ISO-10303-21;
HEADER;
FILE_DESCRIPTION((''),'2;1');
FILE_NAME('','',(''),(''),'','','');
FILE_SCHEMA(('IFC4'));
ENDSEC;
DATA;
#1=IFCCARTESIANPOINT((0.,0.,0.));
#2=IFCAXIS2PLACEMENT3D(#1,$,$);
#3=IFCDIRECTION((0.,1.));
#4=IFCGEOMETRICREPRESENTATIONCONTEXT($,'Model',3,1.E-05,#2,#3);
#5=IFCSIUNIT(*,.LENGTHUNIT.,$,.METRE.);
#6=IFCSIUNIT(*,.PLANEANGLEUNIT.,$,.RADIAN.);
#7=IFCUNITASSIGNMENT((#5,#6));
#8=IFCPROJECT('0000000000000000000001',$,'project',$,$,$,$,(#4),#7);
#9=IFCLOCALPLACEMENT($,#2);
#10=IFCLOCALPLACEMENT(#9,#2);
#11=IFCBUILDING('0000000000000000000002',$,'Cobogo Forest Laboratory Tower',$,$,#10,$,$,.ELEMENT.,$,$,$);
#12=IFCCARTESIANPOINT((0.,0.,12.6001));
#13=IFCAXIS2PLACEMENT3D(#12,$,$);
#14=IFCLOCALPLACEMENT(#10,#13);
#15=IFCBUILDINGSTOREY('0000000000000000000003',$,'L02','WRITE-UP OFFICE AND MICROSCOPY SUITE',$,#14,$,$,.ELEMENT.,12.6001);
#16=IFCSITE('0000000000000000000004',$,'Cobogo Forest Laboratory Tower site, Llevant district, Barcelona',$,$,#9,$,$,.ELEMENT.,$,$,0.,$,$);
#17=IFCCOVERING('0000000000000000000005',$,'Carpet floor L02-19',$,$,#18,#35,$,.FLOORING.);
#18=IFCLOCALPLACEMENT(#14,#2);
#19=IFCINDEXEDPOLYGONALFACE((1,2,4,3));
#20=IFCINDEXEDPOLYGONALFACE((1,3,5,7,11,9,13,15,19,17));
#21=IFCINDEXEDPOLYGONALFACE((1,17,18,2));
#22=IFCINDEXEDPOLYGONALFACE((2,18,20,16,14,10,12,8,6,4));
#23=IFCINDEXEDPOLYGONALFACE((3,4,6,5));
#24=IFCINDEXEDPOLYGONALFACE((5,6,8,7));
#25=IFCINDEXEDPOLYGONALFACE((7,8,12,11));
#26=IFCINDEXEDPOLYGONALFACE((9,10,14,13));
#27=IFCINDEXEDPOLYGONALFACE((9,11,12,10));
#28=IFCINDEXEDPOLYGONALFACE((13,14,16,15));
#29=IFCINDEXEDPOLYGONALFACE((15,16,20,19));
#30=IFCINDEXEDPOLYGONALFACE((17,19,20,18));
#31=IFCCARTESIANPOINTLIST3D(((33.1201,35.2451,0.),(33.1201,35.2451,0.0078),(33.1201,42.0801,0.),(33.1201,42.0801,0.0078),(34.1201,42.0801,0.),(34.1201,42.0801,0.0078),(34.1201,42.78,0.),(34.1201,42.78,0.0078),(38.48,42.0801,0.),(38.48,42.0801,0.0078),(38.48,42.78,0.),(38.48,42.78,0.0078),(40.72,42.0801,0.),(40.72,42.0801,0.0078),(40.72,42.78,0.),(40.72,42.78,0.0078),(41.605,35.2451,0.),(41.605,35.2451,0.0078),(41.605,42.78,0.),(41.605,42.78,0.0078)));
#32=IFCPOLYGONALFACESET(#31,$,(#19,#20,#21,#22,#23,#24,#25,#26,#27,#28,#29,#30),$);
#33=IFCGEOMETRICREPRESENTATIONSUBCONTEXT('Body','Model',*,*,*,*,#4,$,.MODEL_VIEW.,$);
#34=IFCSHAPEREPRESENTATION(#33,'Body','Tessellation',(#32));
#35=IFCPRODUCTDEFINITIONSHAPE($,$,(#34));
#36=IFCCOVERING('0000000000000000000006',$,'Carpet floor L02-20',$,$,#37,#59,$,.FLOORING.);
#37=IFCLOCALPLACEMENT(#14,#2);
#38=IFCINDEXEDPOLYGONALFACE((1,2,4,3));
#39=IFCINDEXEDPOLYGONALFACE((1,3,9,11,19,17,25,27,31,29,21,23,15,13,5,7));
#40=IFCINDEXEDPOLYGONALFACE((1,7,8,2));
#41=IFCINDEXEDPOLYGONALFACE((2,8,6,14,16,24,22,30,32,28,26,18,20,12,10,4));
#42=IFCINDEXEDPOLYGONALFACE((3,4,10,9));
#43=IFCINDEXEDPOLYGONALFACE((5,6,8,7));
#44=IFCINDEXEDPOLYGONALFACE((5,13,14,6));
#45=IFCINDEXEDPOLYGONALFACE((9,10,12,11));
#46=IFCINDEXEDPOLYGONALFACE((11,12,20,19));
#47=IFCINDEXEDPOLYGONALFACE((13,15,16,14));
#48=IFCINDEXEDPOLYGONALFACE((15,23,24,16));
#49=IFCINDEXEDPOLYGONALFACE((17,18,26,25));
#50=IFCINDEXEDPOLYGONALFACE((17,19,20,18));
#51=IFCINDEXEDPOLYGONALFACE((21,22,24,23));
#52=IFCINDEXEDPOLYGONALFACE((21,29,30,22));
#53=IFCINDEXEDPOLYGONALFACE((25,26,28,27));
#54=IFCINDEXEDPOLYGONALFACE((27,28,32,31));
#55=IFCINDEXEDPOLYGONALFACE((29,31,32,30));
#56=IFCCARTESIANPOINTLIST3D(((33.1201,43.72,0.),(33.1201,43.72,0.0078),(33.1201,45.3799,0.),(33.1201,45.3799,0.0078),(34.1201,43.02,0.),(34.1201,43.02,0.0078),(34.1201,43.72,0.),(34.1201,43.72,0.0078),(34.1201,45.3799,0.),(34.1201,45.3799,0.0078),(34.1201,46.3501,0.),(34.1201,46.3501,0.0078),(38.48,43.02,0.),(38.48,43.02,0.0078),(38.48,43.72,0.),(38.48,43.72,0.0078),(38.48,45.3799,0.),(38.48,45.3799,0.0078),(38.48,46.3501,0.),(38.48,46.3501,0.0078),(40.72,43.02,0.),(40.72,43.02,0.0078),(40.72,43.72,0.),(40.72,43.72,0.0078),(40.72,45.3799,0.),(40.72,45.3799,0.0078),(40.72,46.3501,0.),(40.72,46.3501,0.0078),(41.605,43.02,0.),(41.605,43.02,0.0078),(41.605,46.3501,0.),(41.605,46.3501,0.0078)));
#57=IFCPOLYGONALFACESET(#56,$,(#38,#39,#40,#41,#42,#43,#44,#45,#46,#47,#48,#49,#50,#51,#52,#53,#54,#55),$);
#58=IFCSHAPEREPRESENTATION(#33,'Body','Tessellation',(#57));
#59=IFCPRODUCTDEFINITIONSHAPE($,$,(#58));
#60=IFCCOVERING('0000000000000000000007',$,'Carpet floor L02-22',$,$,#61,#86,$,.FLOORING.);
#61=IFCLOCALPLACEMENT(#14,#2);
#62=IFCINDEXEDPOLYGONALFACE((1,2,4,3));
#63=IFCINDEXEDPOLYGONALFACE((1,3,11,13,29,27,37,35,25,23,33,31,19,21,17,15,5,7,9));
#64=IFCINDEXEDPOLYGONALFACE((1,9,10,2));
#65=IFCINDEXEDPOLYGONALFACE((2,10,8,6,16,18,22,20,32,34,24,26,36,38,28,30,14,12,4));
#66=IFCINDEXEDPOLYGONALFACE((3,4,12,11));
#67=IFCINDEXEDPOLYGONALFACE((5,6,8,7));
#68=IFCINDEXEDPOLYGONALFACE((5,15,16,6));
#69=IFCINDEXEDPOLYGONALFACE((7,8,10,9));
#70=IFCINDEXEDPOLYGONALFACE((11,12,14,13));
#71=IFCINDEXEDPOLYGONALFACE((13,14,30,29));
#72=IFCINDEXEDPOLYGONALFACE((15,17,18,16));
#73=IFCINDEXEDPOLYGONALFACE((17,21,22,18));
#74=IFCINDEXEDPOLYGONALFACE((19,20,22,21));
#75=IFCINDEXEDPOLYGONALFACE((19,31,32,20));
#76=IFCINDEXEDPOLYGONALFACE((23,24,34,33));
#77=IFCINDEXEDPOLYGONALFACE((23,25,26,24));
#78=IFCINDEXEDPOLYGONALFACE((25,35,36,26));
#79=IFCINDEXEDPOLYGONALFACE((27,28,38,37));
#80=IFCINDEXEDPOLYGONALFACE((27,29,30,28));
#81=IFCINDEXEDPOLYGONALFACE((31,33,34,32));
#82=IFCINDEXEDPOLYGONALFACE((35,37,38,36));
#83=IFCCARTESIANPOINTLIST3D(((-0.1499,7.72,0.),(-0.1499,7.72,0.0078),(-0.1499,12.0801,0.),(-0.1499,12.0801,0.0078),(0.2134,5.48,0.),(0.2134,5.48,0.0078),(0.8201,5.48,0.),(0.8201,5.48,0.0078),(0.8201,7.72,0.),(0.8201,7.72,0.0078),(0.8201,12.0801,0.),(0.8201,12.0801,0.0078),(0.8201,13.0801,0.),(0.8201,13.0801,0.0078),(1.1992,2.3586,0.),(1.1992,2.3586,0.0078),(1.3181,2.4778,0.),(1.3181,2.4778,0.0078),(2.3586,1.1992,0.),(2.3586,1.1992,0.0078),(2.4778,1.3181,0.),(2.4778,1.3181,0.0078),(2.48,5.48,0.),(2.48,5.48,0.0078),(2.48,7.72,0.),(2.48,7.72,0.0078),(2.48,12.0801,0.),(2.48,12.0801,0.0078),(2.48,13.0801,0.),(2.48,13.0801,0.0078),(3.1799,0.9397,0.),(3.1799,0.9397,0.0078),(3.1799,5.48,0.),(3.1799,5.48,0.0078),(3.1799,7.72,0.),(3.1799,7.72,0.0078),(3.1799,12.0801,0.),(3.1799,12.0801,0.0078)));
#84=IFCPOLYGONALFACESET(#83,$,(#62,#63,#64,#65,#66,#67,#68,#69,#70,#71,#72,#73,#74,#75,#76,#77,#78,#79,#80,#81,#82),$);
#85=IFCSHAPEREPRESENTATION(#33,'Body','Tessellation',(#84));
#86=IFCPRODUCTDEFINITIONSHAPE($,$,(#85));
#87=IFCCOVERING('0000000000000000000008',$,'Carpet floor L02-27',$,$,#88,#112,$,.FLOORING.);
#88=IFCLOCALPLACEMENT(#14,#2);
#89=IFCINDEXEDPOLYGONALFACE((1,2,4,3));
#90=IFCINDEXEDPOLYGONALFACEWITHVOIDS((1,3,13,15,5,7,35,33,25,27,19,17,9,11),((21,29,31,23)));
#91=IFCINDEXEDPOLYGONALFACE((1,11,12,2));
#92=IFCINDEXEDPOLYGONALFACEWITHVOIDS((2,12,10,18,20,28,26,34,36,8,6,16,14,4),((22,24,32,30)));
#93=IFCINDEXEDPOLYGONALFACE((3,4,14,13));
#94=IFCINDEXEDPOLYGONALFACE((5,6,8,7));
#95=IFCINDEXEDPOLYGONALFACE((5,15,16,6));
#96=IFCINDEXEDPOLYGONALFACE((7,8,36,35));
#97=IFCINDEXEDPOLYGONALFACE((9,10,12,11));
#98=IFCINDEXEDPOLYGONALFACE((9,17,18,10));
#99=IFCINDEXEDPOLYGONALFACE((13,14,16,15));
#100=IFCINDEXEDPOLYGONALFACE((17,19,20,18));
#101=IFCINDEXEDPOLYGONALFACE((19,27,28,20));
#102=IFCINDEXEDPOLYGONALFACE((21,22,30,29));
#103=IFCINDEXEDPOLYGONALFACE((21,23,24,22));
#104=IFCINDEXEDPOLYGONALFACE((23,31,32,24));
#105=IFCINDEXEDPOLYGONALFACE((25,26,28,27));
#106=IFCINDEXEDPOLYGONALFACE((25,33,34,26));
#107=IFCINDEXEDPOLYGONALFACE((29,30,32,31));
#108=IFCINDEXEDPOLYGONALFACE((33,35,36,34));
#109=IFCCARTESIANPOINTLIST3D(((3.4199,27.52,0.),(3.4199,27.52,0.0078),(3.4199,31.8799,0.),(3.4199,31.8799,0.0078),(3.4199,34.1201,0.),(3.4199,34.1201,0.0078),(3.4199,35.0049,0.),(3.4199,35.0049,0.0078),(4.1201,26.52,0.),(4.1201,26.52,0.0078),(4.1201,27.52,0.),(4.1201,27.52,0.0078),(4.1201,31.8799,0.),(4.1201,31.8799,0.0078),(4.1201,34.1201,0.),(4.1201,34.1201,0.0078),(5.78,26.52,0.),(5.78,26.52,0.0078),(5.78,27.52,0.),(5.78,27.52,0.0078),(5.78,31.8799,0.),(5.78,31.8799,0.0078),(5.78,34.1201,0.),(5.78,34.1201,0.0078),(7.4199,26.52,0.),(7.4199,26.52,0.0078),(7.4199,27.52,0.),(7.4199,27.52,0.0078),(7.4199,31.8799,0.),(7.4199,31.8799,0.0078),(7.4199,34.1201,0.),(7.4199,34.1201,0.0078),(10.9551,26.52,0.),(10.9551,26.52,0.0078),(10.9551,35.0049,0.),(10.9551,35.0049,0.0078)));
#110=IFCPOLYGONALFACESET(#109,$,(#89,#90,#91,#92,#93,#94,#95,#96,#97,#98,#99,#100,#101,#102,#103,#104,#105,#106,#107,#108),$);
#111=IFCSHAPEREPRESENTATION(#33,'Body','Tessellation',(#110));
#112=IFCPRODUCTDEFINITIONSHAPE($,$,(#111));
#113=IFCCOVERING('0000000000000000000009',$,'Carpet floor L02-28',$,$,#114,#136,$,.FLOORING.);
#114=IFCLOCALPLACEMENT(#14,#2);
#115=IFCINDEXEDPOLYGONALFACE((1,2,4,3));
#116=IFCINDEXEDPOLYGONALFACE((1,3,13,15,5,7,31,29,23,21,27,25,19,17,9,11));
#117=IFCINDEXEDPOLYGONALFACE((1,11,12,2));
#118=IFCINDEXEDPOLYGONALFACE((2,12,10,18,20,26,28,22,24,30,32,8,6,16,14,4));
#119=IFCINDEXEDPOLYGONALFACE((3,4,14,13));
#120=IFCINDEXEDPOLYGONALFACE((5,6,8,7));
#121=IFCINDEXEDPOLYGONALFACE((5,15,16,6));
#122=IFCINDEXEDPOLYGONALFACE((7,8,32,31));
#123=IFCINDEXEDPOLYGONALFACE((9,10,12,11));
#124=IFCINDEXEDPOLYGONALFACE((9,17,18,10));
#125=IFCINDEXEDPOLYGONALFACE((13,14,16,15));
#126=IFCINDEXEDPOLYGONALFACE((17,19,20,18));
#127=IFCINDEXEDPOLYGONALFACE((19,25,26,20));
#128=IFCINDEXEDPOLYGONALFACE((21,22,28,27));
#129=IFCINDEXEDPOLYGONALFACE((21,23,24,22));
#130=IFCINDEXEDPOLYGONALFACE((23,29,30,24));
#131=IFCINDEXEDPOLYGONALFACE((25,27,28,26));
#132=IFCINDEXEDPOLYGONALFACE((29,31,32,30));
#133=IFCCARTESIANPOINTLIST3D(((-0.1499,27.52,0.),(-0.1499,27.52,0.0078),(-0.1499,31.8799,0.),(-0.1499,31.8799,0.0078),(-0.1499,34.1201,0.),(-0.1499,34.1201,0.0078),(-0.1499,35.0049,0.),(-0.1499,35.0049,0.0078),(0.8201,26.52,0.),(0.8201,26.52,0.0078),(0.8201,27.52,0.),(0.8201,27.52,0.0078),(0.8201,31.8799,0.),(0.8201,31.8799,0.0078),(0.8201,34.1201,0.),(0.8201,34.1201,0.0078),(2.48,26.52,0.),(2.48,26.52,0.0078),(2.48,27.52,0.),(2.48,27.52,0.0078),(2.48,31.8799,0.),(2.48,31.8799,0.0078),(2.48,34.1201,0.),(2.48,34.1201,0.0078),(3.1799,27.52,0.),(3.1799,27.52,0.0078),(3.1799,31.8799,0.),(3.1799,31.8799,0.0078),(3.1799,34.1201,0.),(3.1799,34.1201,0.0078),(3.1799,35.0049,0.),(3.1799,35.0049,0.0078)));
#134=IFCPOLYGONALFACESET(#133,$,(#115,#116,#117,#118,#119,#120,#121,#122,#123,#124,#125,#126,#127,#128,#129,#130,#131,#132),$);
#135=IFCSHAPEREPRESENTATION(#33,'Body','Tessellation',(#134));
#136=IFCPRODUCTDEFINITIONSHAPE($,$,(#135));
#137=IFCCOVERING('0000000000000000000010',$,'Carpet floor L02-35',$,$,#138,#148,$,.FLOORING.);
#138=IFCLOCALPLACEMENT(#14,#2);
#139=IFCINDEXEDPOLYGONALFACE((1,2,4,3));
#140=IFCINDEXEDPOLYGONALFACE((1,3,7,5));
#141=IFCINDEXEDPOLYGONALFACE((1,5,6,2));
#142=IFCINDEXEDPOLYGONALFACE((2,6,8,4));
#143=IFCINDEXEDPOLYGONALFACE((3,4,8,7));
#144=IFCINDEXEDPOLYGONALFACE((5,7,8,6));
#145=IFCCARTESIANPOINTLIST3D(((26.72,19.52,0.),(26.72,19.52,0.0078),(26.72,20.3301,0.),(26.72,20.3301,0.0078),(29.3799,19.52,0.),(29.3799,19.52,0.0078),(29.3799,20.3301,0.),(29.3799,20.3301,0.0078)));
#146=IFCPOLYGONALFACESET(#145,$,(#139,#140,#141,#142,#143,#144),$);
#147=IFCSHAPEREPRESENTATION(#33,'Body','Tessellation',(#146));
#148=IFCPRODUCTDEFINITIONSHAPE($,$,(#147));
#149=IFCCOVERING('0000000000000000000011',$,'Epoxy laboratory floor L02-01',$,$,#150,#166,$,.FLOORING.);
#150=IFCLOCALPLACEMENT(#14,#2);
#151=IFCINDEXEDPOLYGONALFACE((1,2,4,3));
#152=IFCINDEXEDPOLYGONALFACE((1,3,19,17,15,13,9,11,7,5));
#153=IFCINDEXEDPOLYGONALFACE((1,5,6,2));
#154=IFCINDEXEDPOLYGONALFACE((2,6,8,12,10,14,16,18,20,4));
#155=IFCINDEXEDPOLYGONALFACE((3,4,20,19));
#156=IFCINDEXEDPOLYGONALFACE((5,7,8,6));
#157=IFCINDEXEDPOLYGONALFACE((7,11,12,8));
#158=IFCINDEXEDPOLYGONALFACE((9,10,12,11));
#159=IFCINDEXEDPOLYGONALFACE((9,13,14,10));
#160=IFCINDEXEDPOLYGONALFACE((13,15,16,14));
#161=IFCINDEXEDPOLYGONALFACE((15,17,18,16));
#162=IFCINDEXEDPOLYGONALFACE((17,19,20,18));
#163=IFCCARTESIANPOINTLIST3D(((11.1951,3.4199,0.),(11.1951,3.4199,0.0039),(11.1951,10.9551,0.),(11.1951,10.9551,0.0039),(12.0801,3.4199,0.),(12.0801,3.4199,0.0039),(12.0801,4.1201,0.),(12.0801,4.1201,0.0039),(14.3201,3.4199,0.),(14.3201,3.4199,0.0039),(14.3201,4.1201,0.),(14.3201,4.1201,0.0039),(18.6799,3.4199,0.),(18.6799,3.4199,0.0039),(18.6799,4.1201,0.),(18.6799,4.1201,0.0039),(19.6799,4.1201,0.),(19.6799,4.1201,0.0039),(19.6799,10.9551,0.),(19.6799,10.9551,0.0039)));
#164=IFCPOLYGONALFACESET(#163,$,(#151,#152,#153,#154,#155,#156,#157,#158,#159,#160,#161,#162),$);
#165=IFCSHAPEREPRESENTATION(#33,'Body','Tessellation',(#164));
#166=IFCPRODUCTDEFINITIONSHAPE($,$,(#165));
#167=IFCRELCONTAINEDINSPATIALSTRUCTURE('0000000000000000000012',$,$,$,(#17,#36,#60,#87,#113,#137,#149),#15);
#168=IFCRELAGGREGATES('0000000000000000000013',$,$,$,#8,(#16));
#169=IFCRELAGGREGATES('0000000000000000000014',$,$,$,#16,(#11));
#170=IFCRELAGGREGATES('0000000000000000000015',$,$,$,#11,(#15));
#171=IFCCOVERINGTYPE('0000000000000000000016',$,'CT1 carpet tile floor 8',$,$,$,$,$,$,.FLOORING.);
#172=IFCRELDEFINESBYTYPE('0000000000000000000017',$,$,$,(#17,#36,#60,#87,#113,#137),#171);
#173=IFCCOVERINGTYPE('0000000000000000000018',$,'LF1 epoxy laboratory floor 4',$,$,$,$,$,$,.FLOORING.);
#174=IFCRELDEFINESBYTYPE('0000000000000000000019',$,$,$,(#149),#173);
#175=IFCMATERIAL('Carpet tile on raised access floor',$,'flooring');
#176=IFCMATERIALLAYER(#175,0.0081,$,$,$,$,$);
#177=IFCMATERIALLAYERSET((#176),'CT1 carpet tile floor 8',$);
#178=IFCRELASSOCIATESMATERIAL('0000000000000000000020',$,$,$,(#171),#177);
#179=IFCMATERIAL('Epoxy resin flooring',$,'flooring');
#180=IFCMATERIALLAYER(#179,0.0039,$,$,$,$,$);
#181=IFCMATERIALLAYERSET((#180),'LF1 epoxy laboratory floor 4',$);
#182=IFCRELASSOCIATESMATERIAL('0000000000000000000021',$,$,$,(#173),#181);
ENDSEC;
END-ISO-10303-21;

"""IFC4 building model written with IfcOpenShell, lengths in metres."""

from ifc_helpers import new_model, si_unit, direction, frame, origin, place, context, subcontext, project, spatial, polyline, outline, extrude, material, layer, layer_set, type_object, element, save


model = new_model("IFC4")

# Units and contexts
model_context = context("Model", 3, precision=1e-05, world=origin(), true_north=direction((0.0, 1.0)))
body_context = subcontext(model_context, "Body", "Model", "MODEL_VIEW")
ifc_project = project(units=[si_unit("LENGTHUNIT", "METRE"), si_unit("PLANEANGLEUNIT", "RADIAN")], contexts=[model_context])

# Site, building, storey
site_placement = place(None, origin())
site = spatial("IfcSite", under=ifc_project, at=site_placement, Name="Cobogo Forest Laboratory Tower site, Llevant district, Barcelona", CompositionType="ELEMENT", RefElevation=0.0)
building_placement = place(site_placement, origin())
building = spatial("IfcBuilding", under=site, at=building_placement, Name="Cobogo Forest Laboratory Tower", CompositionType="ELEMENT")
storey_placement = place(building_placement, frame((0.0, 0.0, 12.6001)))
storey = spatial("IfcBuildingStorey", under=building, at=storey_placement, Name="L02", Description="WRITE-UP OFFICE AND MICROSCOPY SUITE", CompositionType="ELEMENT", Elevation=12.6001)

# Coverings
ifc_material_1 = material(Name="Carpet tile on raised access floor", Category="flooring")
ifc_layer_1 = layer(ifc_material_1, 0.0081)
ifc_layer_set_1 = layer_set([ifc_layer_1], Name="CT1 carpet tile floor 8")
covering_type_1 = type_object("IfcCoveringType", Name="CT1 carpet tile floor 8", PredefinedType="FLOORING", material=ifc_layer_set_1)
covering_1_placement = place(storey_placement, origin())
element("IfcCovering", 1, at=covering_1_placement, inside=storey, type_object=covering_type_1, Name="Carpet floor L02-19", PredefinedType="FLOORING", context=body_context, shape_type="SweptSolid", body=[
    extrude(outline(polyline([(33.1201, 42.0801), (34.1201, 42.0801), (34.1201, 42.78), (38.48, 42.78), (38.48, 42.0801), (40.72, 42.0801), (40.72, 42.78), (41.605, 42.78), (41.605, 35.2451), (33.1201, 35.2451), (33.1201, 42.0801)])), origin(), (0.0, 0.0, 1.0), 0.0078),
])
covering_2_placement = place(storey_placement, origin())
element("IfcCovering", 2, at=covering_2_placement, inside=storey, type_object=covering_type_1, Name="Carpet floor L02-20", PredefinedType="FLOORING", context=body_context, shape_type="SweptSolid", body=[
    extrude(outline(polyline([(40.72, 43.02), (40.72, 43.72), (38.48, 43.72), (38.48, 43.02), (34.1201, 43.02), (34.1201, 43.72), (33.1201, 43.72), (33.1201, 45.3799), (34.1201, 45.3799), (34.1201, 46.3501), (38.48, 46.3501), (38.48, 45.3799), (40.72, 45.3799), (40.72, 46.3501), (41.605, 46.3501), (41.605, 43.02), (40.72, 43.02)])), origin(), (0.0, 0.0, 1.0), 0.0078),
])
covering_3_placement = place(storey_placement, origin())
element("IfcCovering", 3, at=covering_3_placement, inside=storey, type_object=covering_type_1, Name="Carpet floor L02-22", PredefinedType="FLOORING", context=body_context, shape_type="SweptSolid", body=[
    extrude(outline(polyline([(3.1799, 7.72), (2.48, 7.72), (2.48, 5.48), (3.1799, 5.48), (3.1799, 0.9397), (2.3586, 1.1992), (2.4778, 1.3181), (1.3181, 2.4778), (1.1992, 2.3586), (0.2134, 5.48), (0.8201, 5.48), (0.8201, 7.72), (-0.1499, 7.72), (-0.1499, 12.0801), (0.8201, 12.0801), (0.8201, 13.0801), (2.48, 13.0801), (2.48, 12.0801), (3.1799, 12.0801), (3.1799, 7.72)])), origin(), (0.0, 0.0, 1.0), 0.0078),
])
covering_4_placement = place(storey_placement, origin())
element("IfcCovering", 4, at=covering_4_placement, inside=storey, type_object=covering_type_1, Name="Carpet floor L02-27", PredefinedType="FLOORING", context=body_context, shape_type="SweptSolid", body=[
    extrude(outline(polyline([(3.4199, 31.8799), (4.1201, 31.8799), (4.1201, 34.1201), (3.4199, 34.1201), (3.4199, 35.0049), (10.9551, 35.0049), (10.9551, 26.52), (7.4199, 26.52), (7.4199, 27.52), (5.78, 27.52), (5.78, 26.52), (4.1201, 26.52), (4.1201, 27.52), (3.4199, 27.52), (3.4199, 31.8799)]), holes=[polyline([(5.78, 31.8799), (7.4199, 31.8799), (7.4199, 34.1201), (5.78, 34.1201), (5.78, 31.8799)])]), origin(), (0.0, 0.0, 1.0), 0.0078),
])
covering_5_placement = place(storey_placement, origin())
element("IfcCovering", 5, at=covering_5_placement, inside=storey, type_object=covering_type_1, Name="Carpet floor L02-28", PredefinedType="FLOORING", context=body_context, shape_type="SweptSolid", body=[
    extrude(outline(polyline([(3.1799, 34.1201), (2.48, 34.1201), (2.48, 31.8799), (3.1799, 31.8799), (3.1799, 27.52), (2.48, 27.52), (2.48, 26.52), (0.8201, 26.52), (0.8201, 27.52), (-0.1499, 27.52), (-0.1499, 31.8799), (0.8201, 31.8799), (0.8201, 34.1201), (-0.1499, 34.1201), (-0.1499, 35.0049), (3.1799, 35.0049), (3.1799, 34.1201)])), origin(), (0.0, 0.0, 1.0), 0.0078),
])
covering_6_placement = place(storey_placement, origin())
element("IfcCovering", 6, at=covering_6_placement, inside=storey, type_object=covering_type_1, Name="Carpet floor L02-35", PredefinedType="FLOORING", context=body_context, shape_type="SweptSolid", body=[
    extrude(outline(polyline([(29.3799, 19.52), (26.72, 19.52), (26.72, 20.3301), (29.3799, 20.3301), (29.3799, 19.52)])), origin(), (0.0, 0.0, 1.0), 0.0078),
])
ifc_material_2 = material(Name="Epoxy resin flooring", Category="flooring")
ifc_layer_2 = layer(ifc_material_2, 0.0039)
ifc_layer_set_2 = layer_set([ifc_layer_2], Name="LF1 epoxy laboratory floor 4")
covering_type_2 = type_object("IfcCoveringType", Name="LF1 epoxy laboratory floor 4", PredefinedType="FLOORING", material=ifc_layer_set_2)
covering_7_placement = place(storey_placement, origin())
element("IfcCovering", 7, at=covering_7_placement, inside=storey, type_object=covering_type_2, Name="Epoxy laboratory floor L02-01", PredefinedType="FLOORING", context=body_context, shape_type="SweptSolid", body=[
    extrude(outline(polyline([(11.1951, 10.9551), (19.6799, 10.9551), (19.6799, 4.1201), (18.6799, 4.1201), (18.6799, 3.4199), (14.3201, 3.4199), (14.3201, 4.1201), (12.0801, 4.1201), (12.0801, 3.4199), (11.1951, 3.4199), (11.1951, 10.9551)])), origin(), (0.0, 0.0, 1.0), 0.0039),
])

save(model, "model.ifc")
